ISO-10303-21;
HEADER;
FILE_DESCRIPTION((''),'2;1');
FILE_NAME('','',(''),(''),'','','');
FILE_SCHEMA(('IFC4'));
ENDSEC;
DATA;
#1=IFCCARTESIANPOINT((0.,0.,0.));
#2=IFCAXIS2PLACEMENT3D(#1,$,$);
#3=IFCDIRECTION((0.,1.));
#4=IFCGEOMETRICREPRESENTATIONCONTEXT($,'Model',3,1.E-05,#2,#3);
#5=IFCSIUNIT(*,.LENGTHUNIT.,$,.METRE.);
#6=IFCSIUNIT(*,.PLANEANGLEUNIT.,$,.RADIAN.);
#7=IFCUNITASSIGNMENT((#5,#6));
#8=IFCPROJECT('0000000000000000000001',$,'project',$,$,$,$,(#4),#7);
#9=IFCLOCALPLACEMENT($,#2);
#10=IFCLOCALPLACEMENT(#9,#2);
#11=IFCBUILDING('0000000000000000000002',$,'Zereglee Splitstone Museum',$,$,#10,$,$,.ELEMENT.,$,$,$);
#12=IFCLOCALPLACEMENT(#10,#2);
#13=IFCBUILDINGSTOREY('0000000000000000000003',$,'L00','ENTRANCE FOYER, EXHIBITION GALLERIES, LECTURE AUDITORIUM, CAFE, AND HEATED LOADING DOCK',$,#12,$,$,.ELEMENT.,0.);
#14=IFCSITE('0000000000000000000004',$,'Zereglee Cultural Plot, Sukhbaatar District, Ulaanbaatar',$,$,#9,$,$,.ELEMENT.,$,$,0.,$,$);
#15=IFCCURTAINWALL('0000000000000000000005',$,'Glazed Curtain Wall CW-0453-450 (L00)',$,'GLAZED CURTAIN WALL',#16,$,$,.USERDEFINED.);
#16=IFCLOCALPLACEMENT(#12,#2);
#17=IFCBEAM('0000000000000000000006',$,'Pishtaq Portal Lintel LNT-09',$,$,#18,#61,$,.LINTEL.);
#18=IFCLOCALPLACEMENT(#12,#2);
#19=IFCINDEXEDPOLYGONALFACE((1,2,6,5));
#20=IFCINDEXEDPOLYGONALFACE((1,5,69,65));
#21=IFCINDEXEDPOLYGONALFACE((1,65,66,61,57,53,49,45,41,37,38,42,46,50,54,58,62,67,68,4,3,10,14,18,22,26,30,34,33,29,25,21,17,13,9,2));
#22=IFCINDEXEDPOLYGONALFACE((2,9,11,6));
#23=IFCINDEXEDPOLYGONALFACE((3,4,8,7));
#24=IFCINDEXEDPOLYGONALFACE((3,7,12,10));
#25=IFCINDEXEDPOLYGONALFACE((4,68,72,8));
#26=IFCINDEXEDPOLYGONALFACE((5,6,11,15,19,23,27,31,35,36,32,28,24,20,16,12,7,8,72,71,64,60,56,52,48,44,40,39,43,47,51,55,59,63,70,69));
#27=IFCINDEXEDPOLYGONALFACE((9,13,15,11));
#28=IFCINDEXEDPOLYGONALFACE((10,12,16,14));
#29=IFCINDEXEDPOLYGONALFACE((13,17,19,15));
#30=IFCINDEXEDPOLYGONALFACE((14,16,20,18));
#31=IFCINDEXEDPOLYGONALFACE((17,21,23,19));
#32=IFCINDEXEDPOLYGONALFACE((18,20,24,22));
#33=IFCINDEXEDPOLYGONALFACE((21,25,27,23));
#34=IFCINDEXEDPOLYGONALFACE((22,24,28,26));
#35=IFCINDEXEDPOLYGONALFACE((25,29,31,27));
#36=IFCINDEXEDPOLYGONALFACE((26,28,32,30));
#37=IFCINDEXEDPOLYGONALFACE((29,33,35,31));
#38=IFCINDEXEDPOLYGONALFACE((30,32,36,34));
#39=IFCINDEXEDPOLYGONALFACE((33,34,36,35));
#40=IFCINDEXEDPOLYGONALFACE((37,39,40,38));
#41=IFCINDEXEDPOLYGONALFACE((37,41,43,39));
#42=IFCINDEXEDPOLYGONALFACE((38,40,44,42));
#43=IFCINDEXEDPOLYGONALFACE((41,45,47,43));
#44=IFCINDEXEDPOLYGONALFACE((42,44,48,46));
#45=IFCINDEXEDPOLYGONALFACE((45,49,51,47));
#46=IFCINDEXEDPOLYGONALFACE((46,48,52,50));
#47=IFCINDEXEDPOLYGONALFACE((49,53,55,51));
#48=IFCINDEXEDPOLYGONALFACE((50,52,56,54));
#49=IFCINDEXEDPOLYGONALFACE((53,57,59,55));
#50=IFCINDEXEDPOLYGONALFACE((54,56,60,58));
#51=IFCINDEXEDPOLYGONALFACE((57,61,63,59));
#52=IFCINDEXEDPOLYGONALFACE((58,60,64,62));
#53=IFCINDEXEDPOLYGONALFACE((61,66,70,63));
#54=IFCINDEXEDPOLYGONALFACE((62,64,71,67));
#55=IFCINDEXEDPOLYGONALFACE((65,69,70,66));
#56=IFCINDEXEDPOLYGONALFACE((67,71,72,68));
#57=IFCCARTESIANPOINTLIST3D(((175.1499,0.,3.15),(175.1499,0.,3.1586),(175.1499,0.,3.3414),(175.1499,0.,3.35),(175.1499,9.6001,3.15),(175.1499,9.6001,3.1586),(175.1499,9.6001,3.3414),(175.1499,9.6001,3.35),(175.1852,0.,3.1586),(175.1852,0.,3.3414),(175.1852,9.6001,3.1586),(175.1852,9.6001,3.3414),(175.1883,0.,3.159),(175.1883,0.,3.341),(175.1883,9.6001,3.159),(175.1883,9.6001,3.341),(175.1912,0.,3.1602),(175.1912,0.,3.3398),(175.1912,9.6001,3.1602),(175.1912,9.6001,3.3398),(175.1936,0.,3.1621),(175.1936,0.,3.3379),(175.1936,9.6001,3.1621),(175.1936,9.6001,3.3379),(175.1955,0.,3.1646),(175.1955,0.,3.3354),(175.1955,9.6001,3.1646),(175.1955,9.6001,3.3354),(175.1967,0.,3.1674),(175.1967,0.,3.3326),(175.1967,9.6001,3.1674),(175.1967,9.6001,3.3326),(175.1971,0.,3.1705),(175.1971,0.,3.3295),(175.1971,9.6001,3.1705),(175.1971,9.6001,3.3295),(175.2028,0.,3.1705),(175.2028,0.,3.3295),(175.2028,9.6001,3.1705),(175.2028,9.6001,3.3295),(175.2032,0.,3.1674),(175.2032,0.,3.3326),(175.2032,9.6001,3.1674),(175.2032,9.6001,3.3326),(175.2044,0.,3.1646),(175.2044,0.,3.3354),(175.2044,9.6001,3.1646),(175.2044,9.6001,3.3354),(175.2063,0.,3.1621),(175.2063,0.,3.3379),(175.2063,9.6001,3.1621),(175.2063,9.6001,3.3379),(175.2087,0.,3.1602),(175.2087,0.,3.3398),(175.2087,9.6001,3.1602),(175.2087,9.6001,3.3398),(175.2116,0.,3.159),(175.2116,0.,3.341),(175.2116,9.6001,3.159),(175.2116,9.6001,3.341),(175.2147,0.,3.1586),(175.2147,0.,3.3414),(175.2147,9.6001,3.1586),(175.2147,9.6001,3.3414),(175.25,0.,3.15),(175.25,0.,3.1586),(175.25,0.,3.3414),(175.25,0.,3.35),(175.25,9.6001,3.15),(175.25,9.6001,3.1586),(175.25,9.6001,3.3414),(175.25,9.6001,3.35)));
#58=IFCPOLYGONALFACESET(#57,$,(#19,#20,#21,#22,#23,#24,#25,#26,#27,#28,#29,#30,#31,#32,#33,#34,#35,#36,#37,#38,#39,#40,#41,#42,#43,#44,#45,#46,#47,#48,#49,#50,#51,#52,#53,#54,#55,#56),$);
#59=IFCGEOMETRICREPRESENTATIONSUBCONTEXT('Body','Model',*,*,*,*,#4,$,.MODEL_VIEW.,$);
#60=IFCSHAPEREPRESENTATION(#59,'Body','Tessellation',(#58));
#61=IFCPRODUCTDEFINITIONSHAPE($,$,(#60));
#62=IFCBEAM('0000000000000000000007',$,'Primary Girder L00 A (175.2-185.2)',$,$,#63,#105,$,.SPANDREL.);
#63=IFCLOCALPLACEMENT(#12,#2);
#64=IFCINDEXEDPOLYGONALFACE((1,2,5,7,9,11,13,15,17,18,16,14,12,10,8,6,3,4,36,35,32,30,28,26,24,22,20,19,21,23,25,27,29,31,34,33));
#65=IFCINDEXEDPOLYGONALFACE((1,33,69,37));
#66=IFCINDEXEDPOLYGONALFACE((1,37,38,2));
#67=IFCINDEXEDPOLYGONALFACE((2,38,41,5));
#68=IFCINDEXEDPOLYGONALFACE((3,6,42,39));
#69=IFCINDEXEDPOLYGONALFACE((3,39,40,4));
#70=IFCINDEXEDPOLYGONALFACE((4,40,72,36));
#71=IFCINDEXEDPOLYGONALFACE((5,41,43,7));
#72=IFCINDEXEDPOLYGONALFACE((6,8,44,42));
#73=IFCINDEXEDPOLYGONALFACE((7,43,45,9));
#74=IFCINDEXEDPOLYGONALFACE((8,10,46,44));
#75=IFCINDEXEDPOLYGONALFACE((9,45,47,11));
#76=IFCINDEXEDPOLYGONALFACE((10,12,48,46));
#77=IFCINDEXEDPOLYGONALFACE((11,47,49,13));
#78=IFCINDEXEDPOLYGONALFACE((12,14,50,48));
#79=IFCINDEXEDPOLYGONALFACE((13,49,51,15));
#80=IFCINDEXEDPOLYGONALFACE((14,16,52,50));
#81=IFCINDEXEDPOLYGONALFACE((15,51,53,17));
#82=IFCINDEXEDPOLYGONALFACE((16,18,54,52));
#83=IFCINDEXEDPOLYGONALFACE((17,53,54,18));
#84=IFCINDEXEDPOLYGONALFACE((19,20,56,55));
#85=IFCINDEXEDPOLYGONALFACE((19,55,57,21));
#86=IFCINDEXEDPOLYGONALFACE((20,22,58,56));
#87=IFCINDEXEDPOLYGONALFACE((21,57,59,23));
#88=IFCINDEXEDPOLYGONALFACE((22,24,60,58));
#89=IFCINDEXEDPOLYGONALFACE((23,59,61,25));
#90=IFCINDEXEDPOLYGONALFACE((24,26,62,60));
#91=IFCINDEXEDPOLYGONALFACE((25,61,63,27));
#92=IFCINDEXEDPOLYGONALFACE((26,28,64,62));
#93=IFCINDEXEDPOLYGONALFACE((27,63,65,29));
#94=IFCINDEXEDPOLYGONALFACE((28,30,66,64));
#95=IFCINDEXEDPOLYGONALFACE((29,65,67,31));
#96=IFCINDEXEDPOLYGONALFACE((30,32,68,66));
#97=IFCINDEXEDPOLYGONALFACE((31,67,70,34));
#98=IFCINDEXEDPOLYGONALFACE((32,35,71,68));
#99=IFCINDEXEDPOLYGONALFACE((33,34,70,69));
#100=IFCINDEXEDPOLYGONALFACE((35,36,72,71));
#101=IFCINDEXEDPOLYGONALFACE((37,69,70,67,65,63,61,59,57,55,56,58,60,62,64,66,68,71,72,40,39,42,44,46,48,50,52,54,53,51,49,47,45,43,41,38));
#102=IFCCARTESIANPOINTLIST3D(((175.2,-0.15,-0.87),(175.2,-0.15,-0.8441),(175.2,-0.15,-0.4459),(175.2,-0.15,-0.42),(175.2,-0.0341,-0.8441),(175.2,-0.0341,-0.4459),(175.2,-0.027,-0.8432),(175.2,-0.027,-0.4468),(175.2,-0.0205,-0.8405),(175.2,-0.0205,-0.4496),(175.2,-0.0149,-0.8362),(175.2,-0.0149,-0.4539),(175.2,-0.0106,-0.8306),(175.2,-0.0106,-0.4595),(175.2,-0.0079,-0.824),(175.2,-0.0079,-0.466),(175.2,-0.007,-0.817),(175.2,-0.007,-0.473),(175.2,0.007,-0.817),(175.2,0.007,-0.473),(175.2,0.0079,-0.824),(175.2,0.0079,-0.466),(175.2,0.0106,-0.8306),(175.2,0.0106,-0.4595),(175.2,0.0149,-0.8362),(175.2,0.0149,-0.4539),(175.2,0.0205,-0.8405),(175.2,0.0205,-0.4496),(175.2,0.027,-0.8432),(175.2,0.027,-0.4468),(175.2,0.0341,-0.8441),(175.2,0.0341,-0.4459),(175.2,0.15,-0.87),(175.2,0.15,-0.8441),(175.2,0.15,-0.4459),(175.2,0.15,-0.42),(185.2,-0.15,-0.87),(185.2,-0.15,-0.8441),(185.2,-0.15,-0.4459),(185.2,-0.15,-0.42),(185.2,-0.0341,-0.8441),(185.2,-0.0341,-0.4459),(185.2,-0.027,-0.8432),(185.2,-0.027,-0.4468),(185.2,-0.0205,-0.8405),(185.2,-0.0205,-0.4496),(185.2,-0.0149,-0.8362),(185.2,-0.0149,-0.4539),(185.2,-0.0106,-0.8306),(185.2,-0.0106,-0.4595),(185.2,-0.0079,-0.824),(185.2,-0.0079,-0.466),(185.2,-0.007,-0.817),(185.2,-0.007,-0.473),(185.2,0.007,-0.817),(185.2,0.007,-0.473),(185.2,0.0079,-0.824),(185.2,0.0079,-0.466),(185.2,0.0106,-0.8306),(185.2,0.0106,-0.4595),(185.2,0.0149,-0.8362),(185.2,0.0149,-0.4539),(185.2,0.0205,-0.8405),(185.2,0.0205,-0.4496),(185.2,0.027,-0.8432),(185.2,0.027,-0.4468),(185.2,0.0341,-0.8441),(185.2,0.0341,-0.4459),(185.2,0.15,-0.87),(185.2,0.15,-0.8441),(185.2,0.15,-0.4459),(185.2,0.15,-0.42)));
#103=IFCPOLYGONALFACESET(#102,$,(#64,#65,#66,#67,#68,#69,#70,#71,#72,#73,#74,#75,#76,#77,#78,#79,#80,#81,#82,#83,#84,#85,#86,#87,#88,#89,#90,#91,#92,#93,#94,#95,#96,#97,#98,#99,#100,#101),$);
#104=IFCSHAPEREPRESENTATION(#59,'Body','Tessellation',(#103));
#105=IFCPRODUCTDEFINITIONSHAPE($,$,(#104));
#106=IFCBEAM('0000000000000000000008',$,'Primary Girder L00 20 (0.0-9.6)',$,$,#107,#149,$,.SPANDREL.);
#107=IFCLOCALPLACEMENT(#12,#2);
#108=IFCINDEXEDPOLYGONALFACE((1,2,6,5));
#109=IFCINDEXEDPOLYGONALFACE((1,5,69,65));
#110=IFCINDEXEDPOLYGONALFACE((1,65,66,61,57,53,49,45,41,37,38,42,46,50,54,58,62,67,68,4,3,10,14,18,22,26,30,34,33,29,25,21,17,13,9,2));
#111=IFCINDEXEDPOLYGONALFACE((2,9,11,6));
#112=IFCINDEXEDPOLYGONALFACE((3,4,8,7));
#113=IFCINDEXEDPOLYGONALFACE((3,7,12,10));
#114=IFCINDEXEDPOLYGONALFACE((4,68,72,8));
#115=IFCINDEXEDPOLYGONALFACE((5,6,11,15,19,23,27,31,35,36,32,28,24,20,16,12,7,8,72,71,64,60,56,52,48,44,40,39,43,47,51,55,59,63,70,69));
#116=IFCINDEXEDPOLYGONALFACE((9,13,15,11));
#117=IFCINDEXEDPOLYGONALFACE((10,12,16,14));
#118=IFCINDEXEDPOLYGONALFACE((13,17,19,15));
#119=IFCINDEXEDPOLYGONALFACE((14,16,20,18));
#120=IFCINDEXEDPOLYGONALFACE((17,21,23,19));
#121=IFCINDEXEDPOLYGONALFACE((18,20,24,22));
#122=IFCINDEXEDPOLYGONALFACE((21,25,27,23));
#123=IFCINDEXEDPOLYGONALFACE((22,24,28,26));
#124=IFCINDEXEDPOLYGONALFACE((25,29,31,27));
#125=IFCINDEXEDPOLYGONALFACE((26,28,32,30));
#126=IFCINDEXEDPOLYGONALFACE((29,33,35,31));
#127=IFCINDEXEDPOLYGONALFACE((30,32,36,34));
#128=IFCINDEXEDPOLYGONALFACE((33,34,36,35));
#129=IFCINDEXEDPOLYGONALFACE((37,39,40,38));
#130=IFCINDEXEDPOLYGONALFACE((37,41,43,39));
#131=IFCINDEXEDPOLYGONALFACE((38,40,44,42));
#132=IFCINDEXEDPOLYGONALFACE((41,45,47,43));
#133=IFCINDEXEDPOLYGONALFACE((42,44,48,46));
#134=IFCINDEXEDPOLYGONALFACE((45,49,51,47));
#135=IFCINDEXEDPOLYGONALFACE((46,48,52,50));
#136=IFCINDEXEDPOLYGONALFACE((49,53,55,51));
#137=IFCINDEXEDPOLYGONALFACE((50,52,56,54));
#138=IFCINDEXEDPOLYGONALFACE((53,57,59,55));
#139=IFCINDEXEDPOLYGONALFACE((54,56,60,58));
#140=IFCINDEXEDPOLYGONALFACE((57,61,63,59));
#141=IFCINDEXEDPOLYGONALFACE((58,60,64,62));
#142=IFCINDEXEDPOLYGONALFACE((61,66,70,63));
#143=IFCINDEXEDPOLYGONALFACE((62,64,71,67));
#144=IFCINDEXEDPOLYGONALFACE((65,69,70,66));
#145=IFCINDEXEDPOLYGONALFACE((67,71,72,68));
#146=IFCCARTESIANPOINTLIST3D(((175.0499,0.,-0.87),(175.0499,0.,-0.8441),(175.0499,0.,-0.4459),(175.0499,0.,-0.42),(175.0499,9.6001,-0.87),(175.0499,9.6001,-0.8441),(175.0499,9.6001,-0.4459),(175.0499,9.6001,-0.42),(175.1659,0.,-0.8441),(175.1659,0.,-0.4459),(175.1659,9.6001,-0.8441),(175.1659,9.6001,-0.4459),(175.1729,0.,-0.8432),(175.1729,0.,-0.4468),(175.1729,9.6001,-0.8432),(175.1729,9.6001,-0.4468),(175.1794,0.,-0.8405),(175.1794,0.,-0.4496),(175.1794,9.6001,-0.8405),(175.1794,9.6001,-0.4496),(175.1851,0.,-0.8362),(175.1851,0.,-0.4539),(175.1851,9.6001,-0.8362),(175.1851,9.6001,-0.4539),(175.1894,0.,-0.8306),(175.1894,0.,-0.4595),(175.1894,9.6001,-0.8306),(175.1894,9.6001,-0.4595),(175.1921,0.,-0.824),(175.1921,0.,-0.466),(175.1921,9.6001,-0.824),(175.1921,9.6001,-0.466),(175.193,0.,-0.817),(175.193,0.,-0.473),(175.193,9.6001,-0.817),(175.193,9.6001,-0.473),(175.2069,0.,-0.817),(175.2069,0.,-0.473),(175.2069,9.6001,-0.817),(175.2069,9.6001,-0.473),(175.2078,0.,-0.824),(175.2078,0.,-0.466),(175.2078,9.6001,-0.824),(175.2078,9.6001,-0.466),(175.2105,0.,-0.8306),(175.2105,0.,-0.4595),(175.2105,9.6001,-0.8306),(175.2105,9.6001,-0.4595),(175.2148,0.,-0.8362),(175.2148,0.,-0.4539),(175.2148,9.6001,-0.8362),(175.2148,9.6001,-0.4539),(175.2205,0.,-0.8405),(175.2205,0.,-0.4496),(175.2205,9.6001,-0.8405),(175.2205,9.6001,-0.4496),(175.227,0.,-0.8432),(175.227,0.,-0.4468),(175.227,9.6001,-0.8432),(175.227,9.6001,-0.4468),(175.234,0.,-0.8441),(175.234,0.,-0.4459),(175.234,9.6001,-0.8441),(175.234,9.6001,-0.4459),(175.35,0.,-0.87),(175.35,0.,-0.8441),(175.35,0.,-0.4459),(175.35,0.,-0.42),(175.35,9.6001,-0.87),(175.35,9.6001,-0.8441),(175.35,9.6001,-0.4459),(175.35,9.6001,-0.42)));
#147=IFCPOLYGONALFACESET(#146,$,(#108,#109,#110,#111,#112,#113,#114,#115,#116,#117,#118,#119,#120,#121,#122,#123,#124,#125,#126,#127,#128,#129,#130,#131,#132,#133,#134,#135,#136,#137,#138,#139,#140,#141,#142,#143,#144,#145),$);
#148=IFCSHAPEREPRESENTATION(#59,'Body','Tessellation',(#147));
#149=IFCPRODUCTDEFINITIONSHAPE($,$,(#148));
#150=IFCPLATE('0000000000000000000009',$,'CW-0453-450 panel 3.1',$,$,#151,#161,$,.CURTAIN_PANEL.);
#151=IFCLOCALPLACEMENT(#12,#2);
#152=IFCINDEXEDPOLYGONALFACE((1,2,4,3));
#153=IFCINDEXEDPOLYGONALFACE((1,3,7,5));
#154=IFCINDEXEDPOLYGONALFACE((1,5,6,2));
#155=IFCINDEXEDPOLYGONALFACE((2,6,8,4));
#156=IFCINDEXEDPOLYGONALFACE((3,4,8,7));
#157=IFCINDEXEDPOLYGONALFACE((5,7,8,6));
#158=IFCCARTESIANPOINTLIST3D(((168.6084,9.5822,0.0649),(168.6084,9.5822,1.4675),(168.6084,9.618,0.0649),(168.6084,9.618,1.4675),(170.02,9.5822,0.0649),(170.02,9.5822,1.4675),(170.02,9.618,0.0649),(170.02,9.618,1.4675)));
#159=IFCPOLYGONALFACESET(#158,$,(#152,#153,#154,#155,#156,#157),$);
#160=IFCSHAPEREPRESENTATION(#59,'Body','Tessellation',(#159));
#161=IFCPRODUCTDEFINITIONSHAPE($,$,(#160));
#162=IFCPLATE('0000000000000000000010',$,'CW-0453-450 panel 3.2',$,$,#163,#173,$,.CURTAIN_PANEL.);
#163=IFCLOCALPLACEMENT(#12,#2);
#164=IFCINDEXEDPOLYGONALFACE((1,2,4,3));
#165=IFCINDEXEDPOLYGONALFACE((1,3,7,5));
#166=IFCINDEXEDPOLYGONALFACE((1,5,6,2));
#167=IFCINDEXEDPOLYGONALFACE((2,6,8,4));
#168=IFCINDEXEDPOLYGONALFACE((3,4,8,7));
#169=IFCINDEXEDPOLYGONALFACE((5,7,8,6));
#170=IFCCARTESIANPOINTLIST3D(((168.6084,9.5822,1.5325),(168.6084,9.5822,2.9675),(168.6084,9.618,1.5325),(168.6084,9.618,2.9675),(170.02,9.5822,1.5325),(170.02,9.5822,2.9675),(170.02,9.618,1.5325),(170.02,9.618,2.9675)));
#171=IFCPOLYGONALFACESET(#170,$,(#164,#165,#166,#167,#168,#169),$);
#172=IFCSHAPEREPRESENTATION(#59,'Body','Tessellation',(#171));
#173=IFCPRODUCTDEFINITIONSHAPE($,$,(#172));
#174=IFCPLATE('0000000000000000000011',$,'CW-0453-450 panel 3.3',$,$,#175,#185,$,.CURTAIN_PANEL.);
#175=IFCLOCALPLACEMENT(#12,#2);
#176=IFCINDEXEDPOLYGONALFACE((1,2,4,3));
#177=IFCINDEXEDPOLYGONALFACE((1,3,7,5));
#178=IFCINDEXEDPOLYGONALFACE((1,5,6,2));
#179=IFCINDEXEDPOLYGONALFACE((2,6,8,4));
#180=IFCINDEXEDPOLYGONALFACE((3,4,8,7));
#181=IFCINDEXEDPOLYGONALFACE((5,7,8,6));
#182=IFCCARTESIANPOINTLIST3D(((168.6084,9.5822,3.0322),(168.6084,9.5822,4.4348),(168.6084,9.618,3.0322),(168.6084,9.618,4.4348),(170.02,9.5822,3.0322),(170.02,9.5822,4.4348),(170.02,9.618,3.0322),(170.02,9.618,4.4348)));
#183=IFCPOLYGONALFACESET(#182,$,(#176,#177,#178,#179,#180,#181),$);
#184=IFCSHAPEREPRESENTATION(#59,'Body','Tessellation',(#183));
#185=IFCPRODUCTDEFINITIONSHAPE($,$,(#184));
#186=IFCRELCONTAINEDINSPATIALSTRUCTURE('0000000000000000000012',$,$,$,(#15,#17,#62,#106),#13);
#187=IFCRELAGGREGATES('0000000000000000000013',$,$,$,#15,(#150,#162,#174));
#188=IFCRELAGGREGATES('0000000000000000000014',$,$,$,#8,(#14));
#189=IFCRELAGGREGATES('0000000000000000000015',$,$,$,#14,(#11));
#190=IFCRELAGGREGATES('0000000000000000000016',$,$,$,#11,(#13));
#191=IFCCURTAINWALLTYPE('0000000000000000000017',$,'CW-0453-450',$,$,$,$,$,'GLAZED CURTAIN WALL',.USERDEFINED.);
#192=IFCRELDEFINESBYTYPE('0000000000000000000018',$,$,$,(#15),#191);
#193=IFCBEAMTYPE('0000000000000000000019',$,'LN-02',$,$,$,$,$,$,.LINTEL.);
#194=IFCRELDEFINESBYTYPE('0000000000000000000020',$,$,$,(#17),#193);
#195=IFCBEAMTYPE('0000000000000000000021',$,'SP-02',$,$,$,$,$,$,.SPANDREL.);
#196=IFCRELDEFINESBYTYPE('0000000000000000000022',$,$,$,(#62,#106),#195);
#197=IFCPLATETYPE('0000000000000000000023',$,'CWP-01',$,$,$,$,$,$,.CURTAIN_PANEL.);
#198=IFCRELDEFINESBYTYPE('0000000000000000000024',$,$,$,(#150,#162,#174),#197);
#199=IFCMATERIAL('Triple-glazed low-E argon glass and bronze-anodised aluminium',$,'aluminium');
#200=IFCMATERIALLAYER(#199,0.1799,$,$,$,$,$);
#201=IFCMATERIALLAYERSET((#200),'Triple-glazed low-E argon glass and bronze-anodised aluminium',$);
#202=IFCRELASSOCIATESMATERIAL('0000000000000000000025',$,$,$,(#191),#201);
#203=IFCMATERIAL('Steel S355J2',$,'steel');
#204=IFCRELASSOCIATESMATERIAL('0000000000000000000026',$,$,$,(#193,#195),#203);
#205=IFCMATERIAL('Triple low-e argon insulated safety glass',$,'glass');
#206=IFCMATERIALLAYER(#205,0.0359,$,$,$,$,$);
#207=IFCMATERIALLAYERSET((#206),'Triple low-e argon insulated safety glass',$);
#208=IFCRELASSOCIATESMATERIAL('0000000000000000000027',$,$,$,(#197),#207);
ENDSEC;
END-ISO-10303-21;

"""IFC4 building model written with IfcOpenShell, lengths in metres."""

from ifc_helpers import new_model, si_unit, direction, frame, origin, origin_2d, place, context, subcontext, project, spatial, rectangle, i_section, extrude, material, layer, layer_set, material_profile, profile_set, type_object, element, aggregate, save


model = new_model("IFC4")

# Units and contexts
model_context = context("Model", 3, precision=1e-05, world=origin(), true_north=direction((0.0, 1.0)))
body_context = subcontext(model_context, "Body", "Model", "MODEL_VIEW")
ifc_project = project(units=[si_unit("LENGTHUNIT", "METRE"), si_unit("PLANEANGLEUNIT", "RADIAN")], contexts=[model_context])

# Site, building, storey
site_placement = place(None, origin())
site = spatial("IfcSite", under=ifc_project, at=site_placement, Name="Zereglee Cultural Plot, Sukhbaatar District, Ulaanbaatar", CompositionType="ELEMENT", RefElevation=0.0)
building_placement = place(site_placement, origin())
building = spatial("IfcBuilding", under=site, at=building_placement, Name="Zereglee Splitstone Museum", CompositionType="ELEMENT")
storey_placement = place(building_placement, origin())
storey = spatial("IfcBuildingStorey", under=building, at=storey_placement, Name="L00", Description="ENTRANCE FOYER, EXHIBITION GALLERIES, LECTURE AUDITORIUM, CAFE, AND HEATED LOADING DOCK", CompositionType="ELEMENT", Elevation=0.0)

# Curtain wall
ifc_material_1 = material(Name="Triple-glazed low-E argon glass and bronze-anodised aluminium", Category="aluminium")
ifc_layer_1 = layer(ifc_material_1, 0.1799)
ifc_layer_set_1 = layer_set([ifc_layer_1], Name="Triple-glazed low-E argon glass and bronze-anodised aluminium")
curtain_wall_type_1 = type_object("IfcCurtainWallType", Name="CW-0453-450", ElementType="GLAZED CURTAIN WALL", PredefinedType="USERDEFINED", material=ifc_layer_set_1)
curtain_wall_1_placement = place(storey_placement, origin())
curtain_wall_1 = element("IfcCurtainWall", 1, at=curtain_wall_1_placement, inside=storey, type_object=curtain_wall_type_1, Name="Glazed Curtain Wall CW-0453-450 (L00)", ObjectType="GLAZED CURTAIN WALL", PredefinedType="USERDEFINED")

# Beams
ifc_material_2 = material(Name="Steel S355J2", Category="steel")
ifc_material_profile_1 = material_profile(ifc_material_2, i_section(OverallWidth=0.1001, OverallDepth=0.2, WebThickness=0.0056, FlangeThickness=0.0085, FilletRadius=0.012, at=origin_2d()), Name="IPE 200")
ifc_profile_set_1 = profile_set([ifc_material_profile_1], Name="Steel S355J2")
beam_type_1 = type_object("IfcBeamType", Name="LN-02", PredefinedType="LINTEL", material=ifc_profile_set_1)
beam_1_placement = place(storey_placement, frame((175.2, 0.0, 3.25), z_axis=(0.0, 1.0, 0.0), x_axis=(-1.0, 0.0, 0.0)))
element("IfcBeam", 2, at=beam_1_placement, inside=storey, type_object=beam_type_1, Name="Pishtaq Portal Lintel LNT-09", PredefinedType="LINTEL", context=body_context, shape_type="SweptSolid", body=[
    extrude(i_section(OverallWidth=0.1001, OverallDepth=0.2, WebThickness=0.0056, FlangeThickness=0.0085, FilletRadius=0.012, at=origin_2d()), origin(), (0.0, 0.0, 1.0), 9.6001),
])
ifc_material_profile_2 = material_profile(ifc_material_2, i_section(OverallWidth=0.3, OverallDepth=0.45, WebThickness=0.0139, FlangeThickness=0.0259, FilletRadius=0.0271, at=origin_2d()), Name="HE 450 B")
ifc_profile_set_2 = profile_set([ifc_material_profile_2], Name="Steel S355J2")
beam_type_2 = type_object("IfcBeamType", Name="SP-02", PredefinedType="SPANDREL", material=ifc_profile_set_2)
beam_2_placement = place(storey_placement, frame((175.2, 0.0, -0.645), z_axis=(1.0, 0.0, 0.0), x_axis=(0.0, 1.0, 0.0)))
element("IfcBeam", 3, at=beam_2_placement, inside=storey, type_object=beam_type_2, Name="Primary Girder L00 A (175.2-185.2)", PredefinedType="SPANDREL", context=body_context, shape_type="SweptSolid", body=[
    extrude(i_section(OverallWidth=0.3, OverallDepth=0.45, WebThickness=0.0139, FlangeThickness=0.0259, FilletRadius=0.0271, at=origin_2d()), origin(), (0.0, 0.0, 1.0), 10.0),
])
beam_3_placement = place(storey_placement, frame((175.2, 0.0, -0.645), z_axis=(0.0, 1.0, 0.0), x_axis=(-1.0, 0.0, 0.0)))
element("IfcBeam", 4, at=beam_3_placement, inside=storey, type_object=beam_type_2, Name="Primary Girder L00 20 (0.0-9.6)", PredefinedType="SPANDREL", context=body_context, shape_type="SweptSolid", body=[
    extrude(i_section(OverallWidth=0.3, OverallDepth=0.45, WebThickness=0.0139, FlangeThickness=0.0259, FilletRadius=0.0271, at=origin_2d()), origin(), (0.0, 0.0, 1.0), 9.6001),
])

# Plates
ifc_material_3 = material(Name="Triple low-e argon insulated safety glass", Category="glass")
ifc_layer_2 = layer(ifc_material_3, 0.0359)
ifc_layer_set_2 = layer_set([ifc_layer_2], Name="Triple low-e argon insulated safety glass")
plate_type = type_object("IfcPlateType", Name="CWP-01", PredefinedType="CURTAIN_PANEL", material=ifc_layer_set_2)
plate_1_placement = place(storey_placement, frame((169.3142, 9.6001, 0.0649), z_axis=(0.0, 0.0, 1.0), x_axis=(1.0, 0.0, 0.0)))
plate_1 = element("IfcPlate", 5, at=plate_1_placement, type_object=plate_type, Name="CW-0453-450 panel 3.1", PredefinedType="CURTAIN_PANEL", context=body_context, shape_type="SweptSolid", body=[
    extrude(rectangle(XDim=1.4116, YDim=0.0359, at=origin_2d()), origin(), (0.0, 0.0, 1.0), 1.4026),
])
plate_2_placement = place(storey_placement, frame((169.3142, 9.6001, 1.5325), z_axis=(0.0, 0.0, 1.0), x_axis=(1.0, 0.0, 0.0)))
plate_2 = element("IfcPlate", 6, at=plate_2_placement, type_object=plate_type, Name="CW-0453-450 panel 3.2", PredefinedType="CURTAIN_PANEL", context=body_context, shape_type="SweptSolid", body=[
    extrude(rectangle(XDim=1.4116, YDim=0.0359, at=origin_2d()), origin(), (0.0, 0.0, 1.0), 1.4351),
])
plate_3_placement = place(storey_placement, frame((169.3142, 9.6001, 3.0322), z_axis=(0.0, 0.0, 1.0), x_axis=(1.0, 0.0, 0.0)))
plate_3 = element("IfcPlate", 7, at=plate_3_placement, type_object=plate_type, Name="CW-0453-450 panel 3.3", PredefinedType="CURTAIN_PANEL", context=body_context, shape_type="SweptSolid", body=[
    extrude(rectangle(XDim=1.4116, YDim=0.0359, at=origin_2d()), origin(), (0.0, 0.0, 1.0), 1.4026),
])
aggregate(curtain_wall_1, [plate_1, plate_2, plate_3])

save(model, "model.ifc")
